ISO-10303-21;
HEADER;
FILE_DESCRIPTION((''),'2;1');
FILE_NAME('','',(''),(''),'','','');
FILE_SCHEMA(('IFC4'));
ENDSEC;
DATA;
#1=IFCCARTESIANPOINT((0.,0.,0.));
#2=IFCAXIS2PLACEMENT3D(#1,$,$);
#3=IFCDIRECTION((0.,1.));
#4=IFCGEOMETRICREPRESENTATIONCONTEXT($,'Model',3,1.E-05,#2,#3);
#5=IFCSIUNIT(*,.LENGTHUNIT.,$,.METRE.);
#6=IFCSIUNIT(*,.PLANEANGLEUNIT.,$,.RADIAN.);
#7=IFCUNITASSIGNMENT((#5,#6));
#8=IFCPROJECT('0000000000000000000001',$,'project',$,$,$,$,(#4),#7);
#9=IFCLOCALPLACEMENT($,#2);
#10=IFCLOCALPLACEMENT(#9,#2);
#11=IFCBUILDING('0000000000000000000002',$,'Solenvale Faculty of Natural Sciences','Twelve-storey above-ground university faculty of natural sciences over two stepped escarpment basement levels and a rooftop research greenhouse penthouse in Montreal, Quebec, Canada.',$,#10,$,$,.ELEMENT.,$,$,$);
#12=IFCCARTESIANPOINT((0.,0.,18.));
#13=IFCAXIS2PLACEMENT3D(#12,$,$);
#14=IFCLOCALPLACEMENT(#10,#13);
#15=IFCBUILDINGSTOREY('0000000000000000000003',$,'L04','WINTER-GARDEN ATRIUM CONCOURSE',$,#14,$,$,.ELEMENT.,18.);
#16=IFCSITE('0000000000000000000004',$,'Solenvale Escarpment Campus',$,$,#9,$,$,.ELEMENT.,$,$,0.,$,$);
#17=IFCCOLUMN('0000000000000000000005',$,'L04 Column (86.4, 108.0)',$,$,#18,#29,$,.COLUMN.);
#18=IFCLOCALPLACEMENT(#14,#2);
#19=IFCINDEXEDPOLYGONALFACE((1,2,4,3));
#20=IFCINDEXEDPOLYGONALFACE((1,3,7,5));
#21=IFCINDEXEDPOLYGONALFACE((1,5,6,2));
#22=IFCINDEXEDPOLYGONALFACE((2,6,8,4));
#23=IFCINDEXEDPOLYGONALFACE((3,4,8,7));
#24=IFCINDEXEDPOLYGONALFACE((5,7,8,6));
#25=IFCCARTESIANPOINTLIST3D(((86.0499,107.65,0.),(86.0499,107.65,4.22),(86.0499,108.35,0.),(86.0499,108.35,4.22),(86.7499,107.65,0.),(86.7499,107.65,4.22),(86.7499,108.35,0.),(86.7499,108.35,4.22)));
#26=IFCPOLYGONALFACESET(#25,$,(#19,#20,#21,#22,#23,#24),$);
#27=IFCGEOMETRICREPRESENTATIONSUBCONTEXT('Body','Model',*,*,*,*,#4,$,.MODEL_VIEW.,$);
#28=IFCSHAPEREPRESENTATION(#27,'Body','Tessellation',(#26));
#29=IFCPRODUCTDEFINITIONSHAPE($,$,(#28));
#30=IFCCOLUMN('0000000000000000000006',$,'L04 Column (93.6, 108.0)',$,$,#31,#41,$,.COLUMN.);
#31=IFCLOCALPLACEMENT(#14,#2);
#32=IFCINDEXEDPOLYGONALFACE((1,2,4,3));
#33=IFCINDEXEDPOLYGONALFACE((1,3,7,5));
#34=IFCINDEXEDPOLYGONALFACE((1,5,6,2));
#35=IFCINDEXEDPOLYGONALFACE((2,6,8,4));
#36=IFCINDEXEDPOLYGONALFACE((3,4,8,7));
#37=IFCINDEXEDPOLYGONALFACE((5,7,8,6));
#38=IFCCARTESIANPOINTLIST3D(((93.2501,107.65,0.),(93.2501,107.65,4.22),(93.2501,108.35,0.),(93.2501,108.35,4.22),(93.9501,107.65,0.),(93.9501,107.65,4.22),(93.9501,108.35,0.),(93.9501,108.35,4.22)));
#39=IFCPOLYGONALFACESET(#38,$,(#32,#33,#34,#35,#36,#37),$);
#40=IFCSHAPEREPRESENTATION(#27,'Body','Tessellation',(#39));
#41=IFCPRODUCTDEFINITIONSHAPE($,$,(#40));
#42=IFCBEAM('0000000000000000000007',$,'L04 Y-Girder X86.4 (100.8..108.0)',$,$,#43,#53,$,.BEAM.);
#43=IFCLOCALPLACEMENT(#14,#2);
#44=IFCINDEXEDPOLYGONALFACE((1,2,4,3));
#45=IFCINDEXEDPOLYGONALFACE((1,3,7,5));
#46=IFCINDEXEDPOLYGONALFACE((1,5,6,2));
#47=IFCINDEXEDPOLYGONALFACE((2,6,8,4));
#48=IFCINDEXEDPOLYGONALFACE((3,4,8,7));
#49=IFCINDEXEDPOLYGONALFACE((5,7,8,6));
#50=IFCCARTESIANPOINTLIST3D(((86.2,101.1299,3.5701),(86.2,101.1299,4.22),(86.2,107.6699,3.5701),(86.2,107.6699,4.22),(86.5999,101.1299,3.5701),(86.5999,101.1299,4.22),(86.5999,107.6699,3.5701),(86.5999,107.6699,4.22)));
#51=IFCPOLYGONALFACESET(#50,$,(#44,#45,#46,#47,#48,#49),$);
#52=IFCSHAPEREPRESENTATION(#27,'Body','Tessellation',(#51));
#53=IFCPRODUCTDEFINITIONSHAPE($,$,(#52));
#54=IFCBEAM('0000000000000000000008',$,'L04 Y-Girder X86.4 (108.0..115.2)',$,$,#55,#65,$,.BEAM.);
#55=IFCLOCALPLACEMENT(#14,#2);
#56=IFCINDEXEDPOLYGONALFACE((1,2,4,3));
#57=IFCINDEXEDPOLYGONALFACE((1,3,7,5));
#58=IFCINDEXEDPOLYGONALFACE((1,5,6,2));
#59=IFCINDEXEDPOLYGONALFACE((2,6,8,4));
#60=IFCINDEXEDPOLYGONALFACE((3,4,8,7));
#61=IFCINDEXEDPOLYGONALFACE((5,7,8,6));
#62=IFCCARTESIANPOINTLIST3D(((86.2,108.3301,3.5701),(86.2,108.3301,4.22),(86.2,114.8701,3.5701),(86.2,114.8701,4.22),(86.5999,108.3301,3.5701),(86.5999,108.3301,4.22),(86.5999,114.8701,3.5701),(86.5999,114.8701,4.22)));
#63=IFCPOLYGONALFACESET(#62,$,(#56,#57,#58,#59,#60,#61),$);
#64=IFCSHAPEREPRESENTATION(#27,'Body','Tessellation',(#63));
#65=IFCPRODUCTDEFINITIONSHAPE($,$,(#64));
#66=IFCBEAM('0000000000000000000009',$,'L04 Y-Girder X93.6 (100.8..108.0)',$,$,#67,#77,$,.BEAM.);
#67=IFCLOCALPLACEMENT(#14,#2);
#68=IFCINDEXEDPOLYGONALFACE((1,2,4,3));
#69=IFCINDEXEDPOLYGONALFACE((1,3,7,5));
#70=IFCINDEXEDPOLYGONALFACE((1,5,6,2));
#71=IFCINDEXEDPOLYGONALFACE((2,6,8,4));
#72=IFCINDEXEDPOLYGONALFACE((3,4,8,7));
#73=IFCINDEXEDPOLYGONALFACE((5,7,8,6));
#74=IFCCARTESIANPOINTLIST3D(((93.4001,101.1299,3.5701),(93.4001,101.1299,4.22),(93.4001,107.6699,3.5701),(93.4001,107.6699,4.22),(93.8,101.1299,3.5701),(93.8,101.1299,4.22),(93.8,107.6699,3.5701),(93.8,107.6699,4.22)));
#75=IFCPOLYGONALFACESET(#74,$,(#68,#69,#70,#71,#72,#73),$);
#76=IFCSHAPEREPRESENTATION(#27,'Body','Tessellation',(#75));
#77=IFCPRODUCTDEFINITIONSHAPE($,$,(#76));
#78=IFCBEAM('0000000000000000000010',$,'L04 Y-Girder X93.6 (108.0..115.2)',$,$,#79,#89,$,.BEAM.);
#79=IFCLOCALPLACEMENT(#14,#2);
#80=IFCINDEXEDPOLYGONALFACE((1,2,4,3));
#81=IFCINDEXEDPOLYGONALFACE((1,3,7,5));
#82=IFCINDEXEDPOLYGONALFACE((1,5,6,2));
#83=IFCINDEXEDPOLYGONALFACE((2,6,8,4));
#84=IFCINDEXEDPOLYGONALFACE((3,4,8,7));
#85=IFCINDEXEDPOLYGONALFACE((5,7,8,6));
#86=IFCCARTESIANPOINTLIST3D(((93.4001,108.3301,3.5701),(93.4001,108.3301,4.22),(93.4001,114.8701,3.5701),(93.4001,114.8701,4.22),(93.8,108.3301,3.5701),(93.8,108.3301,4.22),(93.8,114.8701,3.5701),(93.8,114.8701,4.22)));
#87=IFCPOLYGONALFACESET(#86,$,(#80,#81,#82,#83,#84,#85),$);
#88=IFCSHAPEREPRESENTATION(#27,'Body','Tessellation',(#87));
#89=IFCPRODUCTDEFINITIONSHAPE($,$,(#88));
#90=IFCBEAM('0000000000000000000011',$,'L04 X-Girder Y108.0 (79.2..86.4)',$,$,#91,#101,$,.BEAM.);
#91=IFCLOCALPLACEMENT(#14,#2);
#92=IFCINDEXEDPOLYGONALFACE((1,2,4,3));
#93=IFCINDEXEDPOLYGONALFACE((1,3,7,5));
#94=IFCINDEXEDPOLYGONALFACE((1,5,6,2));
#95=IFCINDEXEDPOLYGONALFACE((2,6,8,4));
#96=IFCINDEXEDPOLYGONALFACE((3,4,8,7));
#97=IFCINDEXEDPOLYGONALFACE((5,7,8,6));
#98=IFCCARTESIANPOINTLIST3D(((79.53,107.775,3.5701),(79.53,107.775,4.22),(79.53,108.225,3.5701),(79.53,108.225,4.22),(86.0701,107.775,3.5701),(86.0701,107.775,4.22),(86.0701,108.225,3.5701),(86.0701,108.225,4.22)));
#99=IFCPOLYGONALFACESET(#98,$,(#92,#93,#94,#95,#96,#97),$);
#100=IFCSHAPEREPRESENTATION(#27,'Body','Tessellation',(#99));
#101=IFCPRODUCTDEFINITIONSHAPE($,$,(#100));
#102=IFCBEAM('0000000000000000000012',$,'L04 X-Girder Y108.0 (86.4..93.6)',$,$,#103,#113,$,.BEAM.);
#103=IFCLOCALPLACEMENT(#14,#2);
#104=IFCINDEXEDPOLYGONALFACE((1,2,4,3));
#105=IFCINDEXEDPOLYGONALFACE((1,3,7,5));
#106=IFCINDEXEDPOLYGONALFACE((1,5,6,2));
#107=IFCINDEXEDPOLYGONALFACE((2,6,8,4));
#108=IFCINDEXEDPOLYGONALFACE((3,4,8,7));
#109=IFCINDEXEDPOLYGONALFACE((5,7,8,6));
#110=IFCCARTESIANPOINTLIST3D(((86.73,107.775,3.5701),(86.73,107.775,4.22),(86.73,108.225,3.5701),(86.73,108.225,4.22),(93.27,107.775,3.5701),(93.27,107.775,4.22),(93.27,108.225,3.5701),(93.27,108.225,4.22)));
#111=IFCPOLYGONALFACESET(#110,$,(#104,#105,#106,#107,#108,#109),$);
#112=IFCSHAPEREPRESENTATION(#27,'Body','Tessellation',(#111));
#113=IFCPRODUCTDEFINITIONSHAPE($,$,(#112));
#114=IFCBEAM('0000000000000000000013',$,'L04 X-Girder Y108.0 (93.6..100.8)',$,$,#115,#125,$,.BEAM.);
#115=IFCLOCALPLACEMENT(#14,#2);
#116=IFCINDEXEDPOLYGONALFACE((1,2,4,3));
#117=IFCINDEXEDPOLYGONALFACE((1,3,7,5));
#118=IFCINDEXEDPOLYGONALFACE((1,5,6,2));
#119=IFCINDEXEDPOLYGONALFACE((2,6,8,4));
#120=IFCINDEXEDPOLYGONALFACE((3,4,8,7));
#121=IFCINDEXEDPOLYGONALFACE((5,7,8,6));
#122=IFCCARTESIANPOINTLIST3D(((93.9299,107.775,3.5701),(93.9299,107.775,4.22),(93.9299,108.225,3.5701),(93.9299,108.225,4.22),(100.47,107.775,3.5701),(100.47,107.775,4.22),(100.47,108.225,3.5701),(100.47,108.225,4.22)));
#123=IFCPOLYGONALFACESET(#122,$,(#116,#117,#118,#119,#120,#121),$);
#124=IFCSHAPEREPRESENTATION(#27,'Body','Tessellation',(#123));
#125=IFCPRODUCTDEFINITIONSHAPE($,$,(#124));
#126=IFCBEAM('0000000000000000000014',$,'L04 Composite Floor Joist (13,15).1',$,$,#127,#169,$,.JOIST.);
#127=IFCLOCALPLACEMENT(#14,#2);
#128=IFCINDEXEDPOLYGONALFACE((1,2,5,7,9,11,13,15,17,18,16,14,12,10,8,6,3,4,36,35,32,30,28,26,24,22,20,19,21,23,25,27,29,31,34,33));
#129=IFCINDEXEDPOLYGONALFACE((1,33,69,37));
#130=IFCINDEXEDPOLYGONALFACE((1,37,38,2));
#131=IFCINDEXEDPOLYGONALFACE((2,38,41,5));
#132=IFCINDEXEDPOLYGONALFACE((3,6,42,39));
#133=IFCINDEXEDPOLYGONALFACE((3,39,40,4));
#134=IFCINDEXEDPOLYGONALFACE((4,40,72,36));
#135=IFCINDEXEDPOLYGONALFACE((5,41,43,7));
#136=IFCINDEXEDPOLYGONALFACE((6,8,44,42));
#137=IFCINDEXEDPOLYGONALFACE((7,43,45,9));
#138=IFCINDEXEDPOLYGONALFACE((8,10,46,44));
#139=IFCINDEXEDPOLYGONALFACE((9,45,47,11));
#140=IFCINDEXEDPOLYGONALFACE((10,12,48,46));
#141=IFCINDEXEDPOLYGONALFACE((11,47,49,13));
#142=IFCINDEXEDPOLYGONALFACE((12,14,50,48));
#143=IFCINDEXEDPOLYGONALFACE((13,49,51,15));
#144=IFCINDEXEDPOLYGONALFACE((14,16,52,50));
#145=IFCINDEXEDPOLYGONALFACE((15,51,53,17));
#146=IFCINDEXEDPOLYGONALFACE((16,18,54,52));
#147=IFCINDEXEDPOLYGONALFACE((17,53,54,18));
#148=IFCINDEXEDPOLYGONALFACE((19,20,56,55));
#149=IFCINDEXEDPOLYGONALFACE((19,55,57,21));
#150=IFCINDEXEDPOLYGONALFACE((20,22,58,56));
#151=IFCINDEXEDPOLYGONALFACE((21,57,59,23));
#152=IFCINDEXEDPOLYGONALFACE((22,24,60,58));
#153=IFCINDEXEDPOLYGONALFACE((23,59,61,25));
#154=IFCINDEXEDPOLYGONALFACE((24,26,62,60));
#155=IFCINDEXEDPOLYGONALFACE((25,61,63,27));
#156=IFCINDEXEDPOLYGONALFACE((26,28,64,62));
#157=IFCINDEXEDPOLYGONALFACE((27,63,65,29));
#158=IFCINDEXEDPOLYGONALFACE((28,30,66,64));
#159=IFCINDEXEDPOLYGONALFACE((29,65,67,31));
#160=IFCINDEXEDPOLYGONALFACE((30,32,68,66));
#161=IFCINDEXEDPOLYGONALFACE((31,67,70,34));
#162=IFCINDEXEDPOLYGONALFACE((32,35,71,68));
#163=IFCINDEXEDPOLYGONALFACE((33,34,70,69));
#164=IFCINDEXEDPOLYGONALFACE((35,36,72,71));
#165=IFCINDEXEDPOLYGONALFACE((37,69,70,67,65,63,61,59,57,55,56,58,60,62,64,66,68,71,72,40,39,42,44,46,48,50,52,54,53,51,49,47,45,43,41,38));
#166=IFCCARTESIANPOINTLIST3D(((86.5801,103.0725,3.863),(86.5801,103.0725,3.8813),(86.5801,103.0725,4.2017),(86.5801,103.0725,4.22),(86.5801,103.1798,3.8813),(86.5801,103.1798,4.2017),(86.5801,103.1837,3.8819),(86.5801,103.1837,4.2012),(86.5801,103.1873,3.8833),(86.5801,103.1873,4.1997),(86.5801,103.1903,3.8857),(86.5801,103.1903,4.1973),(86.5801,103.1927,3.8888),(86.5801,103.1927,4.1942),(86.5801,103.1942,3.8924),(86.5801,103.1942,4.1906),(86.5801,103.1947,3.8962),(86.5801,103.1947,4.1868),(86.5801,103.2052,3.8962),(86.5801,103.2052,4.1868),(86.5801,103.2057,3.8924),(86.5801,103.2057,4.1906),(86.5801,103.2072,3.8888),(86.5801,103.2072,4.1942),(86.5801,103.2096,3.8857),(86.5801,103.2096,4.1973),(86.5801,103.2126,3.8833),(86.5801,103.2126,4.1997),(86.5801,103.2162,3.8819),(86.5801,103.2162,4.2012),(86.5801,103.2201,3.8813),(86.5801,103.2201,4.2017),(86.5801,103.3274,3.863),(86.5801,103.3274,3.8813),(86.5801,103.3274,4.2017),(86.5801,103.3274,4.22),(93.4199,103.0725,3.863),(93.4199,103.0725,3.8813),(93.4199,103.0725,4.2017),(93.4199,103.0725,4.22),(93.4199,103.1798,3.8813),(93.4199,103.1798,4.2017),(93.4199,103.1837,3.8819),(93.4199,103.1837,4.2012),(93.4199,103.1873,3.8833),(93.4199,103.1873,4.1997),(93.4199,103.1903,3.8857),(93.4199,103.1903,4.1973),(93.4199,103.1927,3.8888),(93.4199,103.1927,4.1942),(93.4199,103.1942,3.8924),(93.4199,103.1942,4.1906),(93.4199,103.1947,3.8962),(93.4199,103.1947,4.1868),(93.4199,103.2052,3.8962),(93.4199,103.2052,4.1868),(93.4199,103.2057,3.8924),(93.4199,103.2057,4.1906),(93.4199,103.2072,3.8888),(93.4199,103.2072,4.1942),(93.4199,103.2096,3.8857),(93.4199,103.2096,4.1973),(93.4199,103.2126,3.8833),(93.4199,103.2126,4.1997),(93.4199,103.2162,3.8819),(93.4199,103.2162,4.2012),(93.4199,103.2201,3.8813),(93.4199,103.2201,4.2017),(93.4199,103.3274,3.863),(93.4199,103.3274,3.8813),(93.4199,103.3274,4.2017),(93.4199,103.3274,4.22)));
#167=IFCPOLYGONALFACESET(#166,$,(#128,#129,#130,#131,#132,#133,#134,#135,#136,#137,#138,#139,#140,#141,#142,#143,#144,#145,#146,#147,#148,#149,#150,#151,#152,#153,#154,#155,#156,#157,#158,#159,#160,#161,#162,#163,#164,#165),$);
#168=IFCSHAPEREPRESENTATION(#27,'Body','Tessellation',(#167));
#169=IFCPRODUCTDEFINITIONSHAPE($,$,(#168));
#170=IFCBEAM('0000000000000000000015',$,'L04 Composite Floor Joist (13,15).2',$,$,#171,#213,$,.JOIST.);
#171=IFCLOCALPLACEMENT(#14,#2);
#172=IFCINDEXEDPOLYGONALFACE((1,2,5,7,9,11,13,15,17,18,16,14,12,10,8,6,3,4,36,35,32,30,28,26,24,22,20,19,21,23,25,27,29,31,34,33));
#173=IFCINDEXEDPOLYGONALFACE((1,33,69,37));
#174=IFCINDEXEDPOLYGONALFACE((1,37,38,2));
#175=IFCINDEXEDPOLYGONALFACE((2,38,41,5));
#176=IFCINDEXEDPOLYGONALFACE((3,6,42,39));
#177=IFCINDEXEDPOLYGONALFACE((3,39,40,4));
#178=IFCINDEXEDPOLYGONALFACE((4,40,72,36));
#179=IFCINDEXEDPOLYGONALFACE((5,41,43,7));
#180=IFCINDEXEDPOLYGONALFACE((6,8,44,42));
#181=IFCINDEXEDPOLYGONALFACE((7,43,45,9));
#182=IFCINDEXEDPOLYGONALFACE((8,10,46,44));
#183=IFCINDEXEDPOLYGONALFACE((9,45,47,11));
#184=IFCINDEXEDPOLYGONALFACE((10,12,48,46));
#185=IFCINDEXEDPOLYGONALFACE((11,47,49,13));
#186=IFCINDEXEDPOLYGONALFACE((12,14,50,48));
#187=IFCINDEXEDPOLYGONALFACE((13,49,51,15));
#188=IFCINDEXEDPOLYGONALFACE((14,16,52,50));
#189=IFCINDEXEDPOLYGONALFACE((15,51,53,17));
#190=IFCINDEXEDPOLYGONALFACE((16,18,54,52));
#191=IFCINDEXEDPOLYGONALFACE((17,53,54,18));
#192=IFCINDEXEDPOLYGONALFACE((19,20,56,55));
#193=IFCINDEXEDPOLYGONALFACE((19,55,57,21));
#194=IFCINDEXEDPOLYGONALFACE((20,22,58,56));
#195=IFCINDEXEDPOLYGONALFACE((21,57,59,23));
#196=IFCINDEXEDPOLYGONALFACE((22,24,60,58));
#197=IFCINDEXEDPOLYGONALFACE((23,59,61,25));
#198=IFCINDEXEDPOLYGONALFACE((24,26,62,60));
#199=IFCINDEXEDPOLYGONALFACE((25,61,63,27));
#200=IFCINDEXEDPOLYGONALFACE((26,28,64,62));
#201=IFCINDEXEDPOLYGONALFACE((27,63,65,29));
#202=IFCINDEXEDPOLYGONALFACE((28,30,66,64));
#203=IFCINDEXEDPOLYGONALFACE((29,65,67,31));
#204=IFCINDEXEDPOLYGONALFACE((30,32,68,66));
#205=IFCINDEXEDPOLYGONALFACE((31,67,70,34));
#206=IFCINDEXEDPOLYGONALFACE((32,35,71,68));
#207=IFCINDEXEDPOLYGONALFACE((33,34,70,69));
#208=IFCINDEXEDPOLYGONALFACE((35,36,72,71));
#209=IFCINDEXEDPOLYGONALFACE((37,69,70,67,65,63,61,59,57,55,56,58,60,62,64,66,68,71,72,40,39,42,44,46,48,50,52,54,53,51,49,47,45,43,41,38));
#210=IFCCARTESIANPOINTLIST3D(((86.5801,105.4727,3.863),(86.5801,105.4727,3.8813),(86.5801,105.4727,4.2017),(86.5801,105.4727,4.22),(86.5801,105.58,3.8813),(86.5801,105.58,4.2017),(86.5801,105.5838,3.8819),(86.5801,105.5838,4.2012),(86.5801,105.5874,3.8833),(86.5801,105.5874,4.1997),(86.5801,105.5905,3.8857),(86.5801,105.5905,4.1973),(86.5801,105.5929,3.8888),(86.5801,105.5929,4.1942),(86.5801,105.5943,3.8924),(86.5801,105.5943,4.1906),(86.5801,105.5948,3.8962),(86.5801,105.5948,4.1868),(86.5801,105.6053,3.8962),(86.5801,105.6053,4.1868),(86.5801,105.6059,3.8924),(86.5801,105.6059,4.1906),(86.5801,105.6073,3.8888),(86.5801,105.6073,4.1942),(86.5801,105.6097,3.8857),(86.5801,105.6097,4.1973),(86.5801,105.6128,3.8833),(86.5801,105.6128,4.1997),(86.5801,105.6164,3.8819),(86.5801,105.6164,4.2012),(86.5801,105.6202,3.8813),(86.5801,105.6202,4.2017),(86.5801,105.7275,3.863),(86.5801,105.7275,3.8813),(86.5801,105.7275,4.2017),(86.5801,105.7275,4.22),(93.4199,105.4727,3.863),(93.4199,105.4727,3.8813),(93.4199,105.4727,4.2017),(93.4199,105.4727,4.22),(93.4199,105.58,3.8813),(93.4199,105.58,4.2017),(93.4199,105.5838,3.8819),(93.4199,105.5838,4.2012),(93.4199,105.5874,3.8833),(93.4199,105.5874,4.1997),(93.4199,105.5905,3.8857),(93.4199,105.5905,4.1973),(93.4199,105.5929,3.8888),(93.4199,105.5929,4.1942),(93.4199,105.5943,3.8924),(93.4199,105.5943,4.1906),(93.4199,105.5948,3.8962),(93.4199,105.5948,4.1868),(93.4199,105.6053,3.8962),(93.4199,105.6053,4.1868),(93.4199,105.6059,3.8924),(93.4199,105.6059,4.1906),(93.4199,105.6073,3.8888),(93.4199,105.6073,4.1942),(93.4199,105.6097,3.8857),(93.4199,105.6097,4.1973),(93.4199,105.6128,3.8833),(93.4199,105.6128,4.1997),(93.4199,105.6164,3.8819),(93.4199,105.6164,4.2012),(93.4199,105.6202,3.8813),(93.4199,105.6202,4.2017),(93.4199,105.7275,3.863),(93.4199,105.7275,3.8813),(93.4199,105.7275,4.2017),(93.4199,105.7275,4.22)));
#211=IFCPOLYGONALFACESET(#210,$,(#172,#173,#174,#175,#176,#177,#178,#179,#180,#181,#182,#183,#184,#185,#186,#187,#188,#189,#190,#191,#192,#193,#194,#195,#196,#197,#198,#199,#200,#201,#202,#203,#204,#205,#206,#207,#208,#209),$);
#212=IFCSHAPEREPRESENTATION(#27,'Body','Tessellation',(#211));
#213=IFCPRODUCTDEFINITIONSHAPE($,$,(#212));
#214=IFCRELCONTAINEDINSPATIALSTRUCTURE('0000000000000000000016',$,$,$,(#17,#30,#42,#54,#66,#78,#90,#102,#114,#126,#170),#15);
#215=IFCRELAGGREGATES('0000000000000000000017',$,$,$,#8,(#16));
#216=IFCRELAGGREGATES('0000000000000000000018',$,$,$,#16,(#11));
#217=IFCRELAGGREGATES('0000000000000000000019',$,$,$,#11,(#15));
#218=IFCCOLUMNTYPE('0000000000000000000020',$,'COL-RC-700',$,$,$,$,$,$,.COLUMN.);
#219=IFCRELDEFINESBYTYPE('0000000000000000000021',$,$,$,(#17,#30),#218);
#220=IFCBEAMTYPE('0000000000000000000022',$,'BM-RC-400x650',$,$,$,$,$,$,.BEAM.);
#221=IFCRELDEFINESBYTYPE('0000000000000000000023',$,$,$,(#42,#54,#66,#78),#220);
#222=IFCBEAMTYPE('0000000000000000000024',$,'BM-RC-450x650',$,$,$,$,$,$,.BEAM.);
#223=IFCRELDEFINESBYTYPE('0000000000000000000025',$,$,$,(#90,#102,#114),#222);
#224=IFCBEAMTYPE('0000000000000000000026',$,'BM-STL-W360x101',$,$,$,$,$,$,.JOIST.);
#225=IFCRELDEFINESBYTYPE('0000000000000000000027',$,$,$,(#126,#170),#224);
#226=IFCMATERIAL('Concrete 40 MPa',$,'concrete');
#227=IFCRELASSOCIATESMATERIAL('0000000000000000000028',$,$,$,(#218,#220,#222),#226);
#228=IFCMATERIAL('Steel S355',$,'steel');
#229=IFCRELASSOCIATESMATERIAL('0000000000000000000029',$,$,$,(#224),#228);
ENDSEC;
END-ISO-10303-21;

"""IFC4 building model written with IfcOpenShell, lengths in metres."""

from ifc_helpers import new_model, si_unit, direction, frame, origin, origin_2d, place, context, subcontext, project, spatial, rectangle, i_section, extrude, material, material_profile, profile_set, type_object, element, save


model = new_model("IFC4")

# Units and contexts
model_context = context("Model", 3, precision=1e-05, world=origin(), true_north=direction((0.0, 1.0)))
body_context = subcontext(model_context, "Body", "Model", "MODEL_VIEW")
ifc_project = project(units=[si_unit("LENGTHUNIT", "METRE"), si_unit("PLANEANGLEUNIT", "RADIAN")], contexts=[model_context])

# Site, building, storey
site_placement = place(None, origin())
site = spatial("IfcSite", under=ifc_project, at=site_placement, Name="Solenvale Escarpment Campus", CompositionType="ELEMENT", RefElevation=0.0)
building_placement = place(site_placement, origin())
building = spatial("IfcBuilding", under=site, at=building_placement, Name="Solenvale Faculty of Natural Sciences", Description="Twelve-storey above-ground university faculty of natural sciences over two stepped escarpment basement levels and a rooftop research greenhouse penthouse in Montreal, Quebec, Canada.", CompositionType="ELEMENT")
storey_placement = place(building_placement, frame((0.0, 0.0, 18.0)))
storey = spatial("IfcBuildingStorey", under=building, at=storey_placement, Name="L04", Description="WINTER-GARDEN ATRIUM CONCOURSE", CompositionType="ELEMENT", Elevation=18.0)

# Columns
ifc_material_1 = material(Name="Concrete 40 MPa", Category="concrete")
ifc_material_profile_1 = material_profile(ifc_material_1, rectangle(XDim=0.7, YDim=0.7, at=origin_2d()), Name="RC-COL-700x700")
ifc_profile_set_1 = profile_set([ifc_material_profile_1], Name="Concrete 40 MPa")
column_type = type_object("IfcColumnType", Name="COL-RC-700", PredefinedType="COLUMN", material=ifc_profile_set_1)
for number, where, z_axis, x_axis, name in (
    (1, (86.3999, 108.0, 0.0), (0.0, 0.0, 1.0), (1.0, 0.0, 0.0), "L04 Column (86.4, 108.0)"),
    (2, (93.6001, 108.0, 0.0), (0.0, 0.0, 1.0), (1.0, 0.0, 0.0), "L04 Column (93.6, 108.0)"),
):
    element("IfcColumn", number, at=place(storey_placement, frame(where, z_axis=z_axis, x_axis=x_axis)), inside=storey, type_object=column_type, Name=name, PredefinedType="COLUMN", context=body_context, shape_type="SweptSolid", body=[
        extrude(rectangle(XDim=0.7, YDim=0.7, at=origin_2d()), origin(), (0.0, 0.0, 1.0), 4.22),
    ])

# Beams
ifc_material_profile_2 = material_profile(ifc_material_1, rectangle(XDim=0.3999, YDim=0.6499, at=origin_2d()), Name="RC-BM-400x650")
ifc_profile_set_2 = profile_set([ifc_material_profile_2], Name="Concrete 40 MPa")
beam_type_1 = type_object("IfcBeamType", Name="BM-RC-400x650", PredefinedType="BEAM", material=ifc_profile_set_2)
for number, where, z_axis, x_axis, name in (
    (3, (86.3999, 101.1299, 3.895), (0.0, 1.0, 0.0), (-1.0, 0.0, 0.0), "L04 Y-Girder X86.4 (100.8..108.0)"),
    (4, (86.3999, 108.3301, 3.895), (0.0, 1.0, 0.0), (-1.0, 0.0, 0.0), "L04 Y-Girder X86.4 (108.0..115.2)"),
    (5, (93.6001, 101.1299, 3.895), (0.0, 1.0, 0.0), (-1.0, 0.0, 0.0), "L04 Y-Girder X93.6 (100.8..108.0)"),
    (6, (93.6001, 108.3301, 3.895), (0.0, 1.0, 0.0), (-1.0, 0.0, 0.0), "L04 Y-Girder X93.6 (108.0..115.2)"),
):
    element("IfcBeam", number, at=place(storey_placement, frame(where, z_axis=z_axis, x_axis=x_axis)), inside=storey, type_object=beam_type_1, Name=name, PredefinedType="BEAM", context=body_context, shape_type="SweptSolid", body=[
        extrude(rectangle(XDim=0.3999, YDim=0.6499, at=origin_2d()), origin(), (0.0, 0.0, 1.0), 6.54),
    ])
ifc_material_profile_3 = material_profile(ifc_material_1, rectangle(XDim=0.45, YDim=0.6499, at=origin_2d()), Name="RC-BM-450x650")
ifc_profile_set_3 = profile_set([ifc_material_profile_3], Name="Concrete 40 MPa")
beam_type_2 = type_object("IfcBeamType", Name="BM-RC-450x650", PredefinedType="BEAM", material=ifc_profile_set_3)
for number, where, z_axis, x_axis, name in (
    (7, (79.53, 108.0, 3.895), (1.0, 0.0, 0.0), (0.0, 1.0, 0.0), "L04 X-Girder Y108.0 (79.2..86.4)"),
    (8, (86.73, 108.0, 3.895), (1.0, 0.0, 0.0), (0.0, 1.0, 0.0), "L04 X-Girder Y108.0 (86.4..93.6)"),
    (9, (93.9299, 108.0, 3.895), (1.0, 0.0, 0.0), (0.0, 1.0, 0.0), "L04 X-Girder Y108.0 (93.6..100.8)"),
):
    element("IfcBeam", number, at=place(storey_placement, frame(where, z_axis=z_axis, x_axis=x_axis)), inside=storey, type_object=beam_type_2, Name=name, PredefinedType="BEAM", context=body_context, shape_type="SweptSolid", body=[
        extrude(rectangle(XDim=0.45, YDim=0.6499, at=origin_2d()), origin(), (0.0, 0.0, 1.0), 6.54),
    ])
ifc_material_2 = material(Name="Steel S355", Category="steel")
ifc_material_profile_4 = material_profile(ifc_material_2, i_section(OverallWidth=0.2549, OverallDepth=0.3569, WebThickness=0.0105, FlangeThickness=0.0183, FilletRadius=0.0149, at=origin_2d()), Name="W360x101")
ifc_profile_set_4 = profile_set([ifc_material_profile_4], Name="Steel S355")
beam_type_3 = type_object("IfcBeamType", Name="BM-STL-W360x101", PredefinedType="JOIST", material=ifc_profile_set_4)
for number, where, z_axis, x_axis, name in (
    (10, (86.5801, 103.2, 4.0415), (1.0, 0.0, 0.0), (0.0, 1.0, 0.0), "L04 Composite Floor Joist (13,15).1"),
    (11, (86.5801, 105.6001, 4.0415), (1.0, 0.0, 0.0), (0.0, 1.0, 0.0), "L04 Composite Floor Joist (13,15).2"),
):
    element("IfcBeam", number, at=place(storey_placement, frame(where, z_axis=z_axis, x_axis=x_axis)), inside=storey, type_object=beam_type_3, Name=name, PredefinedType="JOIST", context=body_context, shape_type="SweptSolid", body=[
        extrude(i_section(OverallWidth=0.2549, OverallDepth=0.3569, WebThickness=0.0105, FlangeThickness=0.0183, FilletRadius=0.0149, at=origin_2d()), origin(), (0.0, 0.0, 1.0), 6.8398),
    ])

save(model, "model.ifc")
